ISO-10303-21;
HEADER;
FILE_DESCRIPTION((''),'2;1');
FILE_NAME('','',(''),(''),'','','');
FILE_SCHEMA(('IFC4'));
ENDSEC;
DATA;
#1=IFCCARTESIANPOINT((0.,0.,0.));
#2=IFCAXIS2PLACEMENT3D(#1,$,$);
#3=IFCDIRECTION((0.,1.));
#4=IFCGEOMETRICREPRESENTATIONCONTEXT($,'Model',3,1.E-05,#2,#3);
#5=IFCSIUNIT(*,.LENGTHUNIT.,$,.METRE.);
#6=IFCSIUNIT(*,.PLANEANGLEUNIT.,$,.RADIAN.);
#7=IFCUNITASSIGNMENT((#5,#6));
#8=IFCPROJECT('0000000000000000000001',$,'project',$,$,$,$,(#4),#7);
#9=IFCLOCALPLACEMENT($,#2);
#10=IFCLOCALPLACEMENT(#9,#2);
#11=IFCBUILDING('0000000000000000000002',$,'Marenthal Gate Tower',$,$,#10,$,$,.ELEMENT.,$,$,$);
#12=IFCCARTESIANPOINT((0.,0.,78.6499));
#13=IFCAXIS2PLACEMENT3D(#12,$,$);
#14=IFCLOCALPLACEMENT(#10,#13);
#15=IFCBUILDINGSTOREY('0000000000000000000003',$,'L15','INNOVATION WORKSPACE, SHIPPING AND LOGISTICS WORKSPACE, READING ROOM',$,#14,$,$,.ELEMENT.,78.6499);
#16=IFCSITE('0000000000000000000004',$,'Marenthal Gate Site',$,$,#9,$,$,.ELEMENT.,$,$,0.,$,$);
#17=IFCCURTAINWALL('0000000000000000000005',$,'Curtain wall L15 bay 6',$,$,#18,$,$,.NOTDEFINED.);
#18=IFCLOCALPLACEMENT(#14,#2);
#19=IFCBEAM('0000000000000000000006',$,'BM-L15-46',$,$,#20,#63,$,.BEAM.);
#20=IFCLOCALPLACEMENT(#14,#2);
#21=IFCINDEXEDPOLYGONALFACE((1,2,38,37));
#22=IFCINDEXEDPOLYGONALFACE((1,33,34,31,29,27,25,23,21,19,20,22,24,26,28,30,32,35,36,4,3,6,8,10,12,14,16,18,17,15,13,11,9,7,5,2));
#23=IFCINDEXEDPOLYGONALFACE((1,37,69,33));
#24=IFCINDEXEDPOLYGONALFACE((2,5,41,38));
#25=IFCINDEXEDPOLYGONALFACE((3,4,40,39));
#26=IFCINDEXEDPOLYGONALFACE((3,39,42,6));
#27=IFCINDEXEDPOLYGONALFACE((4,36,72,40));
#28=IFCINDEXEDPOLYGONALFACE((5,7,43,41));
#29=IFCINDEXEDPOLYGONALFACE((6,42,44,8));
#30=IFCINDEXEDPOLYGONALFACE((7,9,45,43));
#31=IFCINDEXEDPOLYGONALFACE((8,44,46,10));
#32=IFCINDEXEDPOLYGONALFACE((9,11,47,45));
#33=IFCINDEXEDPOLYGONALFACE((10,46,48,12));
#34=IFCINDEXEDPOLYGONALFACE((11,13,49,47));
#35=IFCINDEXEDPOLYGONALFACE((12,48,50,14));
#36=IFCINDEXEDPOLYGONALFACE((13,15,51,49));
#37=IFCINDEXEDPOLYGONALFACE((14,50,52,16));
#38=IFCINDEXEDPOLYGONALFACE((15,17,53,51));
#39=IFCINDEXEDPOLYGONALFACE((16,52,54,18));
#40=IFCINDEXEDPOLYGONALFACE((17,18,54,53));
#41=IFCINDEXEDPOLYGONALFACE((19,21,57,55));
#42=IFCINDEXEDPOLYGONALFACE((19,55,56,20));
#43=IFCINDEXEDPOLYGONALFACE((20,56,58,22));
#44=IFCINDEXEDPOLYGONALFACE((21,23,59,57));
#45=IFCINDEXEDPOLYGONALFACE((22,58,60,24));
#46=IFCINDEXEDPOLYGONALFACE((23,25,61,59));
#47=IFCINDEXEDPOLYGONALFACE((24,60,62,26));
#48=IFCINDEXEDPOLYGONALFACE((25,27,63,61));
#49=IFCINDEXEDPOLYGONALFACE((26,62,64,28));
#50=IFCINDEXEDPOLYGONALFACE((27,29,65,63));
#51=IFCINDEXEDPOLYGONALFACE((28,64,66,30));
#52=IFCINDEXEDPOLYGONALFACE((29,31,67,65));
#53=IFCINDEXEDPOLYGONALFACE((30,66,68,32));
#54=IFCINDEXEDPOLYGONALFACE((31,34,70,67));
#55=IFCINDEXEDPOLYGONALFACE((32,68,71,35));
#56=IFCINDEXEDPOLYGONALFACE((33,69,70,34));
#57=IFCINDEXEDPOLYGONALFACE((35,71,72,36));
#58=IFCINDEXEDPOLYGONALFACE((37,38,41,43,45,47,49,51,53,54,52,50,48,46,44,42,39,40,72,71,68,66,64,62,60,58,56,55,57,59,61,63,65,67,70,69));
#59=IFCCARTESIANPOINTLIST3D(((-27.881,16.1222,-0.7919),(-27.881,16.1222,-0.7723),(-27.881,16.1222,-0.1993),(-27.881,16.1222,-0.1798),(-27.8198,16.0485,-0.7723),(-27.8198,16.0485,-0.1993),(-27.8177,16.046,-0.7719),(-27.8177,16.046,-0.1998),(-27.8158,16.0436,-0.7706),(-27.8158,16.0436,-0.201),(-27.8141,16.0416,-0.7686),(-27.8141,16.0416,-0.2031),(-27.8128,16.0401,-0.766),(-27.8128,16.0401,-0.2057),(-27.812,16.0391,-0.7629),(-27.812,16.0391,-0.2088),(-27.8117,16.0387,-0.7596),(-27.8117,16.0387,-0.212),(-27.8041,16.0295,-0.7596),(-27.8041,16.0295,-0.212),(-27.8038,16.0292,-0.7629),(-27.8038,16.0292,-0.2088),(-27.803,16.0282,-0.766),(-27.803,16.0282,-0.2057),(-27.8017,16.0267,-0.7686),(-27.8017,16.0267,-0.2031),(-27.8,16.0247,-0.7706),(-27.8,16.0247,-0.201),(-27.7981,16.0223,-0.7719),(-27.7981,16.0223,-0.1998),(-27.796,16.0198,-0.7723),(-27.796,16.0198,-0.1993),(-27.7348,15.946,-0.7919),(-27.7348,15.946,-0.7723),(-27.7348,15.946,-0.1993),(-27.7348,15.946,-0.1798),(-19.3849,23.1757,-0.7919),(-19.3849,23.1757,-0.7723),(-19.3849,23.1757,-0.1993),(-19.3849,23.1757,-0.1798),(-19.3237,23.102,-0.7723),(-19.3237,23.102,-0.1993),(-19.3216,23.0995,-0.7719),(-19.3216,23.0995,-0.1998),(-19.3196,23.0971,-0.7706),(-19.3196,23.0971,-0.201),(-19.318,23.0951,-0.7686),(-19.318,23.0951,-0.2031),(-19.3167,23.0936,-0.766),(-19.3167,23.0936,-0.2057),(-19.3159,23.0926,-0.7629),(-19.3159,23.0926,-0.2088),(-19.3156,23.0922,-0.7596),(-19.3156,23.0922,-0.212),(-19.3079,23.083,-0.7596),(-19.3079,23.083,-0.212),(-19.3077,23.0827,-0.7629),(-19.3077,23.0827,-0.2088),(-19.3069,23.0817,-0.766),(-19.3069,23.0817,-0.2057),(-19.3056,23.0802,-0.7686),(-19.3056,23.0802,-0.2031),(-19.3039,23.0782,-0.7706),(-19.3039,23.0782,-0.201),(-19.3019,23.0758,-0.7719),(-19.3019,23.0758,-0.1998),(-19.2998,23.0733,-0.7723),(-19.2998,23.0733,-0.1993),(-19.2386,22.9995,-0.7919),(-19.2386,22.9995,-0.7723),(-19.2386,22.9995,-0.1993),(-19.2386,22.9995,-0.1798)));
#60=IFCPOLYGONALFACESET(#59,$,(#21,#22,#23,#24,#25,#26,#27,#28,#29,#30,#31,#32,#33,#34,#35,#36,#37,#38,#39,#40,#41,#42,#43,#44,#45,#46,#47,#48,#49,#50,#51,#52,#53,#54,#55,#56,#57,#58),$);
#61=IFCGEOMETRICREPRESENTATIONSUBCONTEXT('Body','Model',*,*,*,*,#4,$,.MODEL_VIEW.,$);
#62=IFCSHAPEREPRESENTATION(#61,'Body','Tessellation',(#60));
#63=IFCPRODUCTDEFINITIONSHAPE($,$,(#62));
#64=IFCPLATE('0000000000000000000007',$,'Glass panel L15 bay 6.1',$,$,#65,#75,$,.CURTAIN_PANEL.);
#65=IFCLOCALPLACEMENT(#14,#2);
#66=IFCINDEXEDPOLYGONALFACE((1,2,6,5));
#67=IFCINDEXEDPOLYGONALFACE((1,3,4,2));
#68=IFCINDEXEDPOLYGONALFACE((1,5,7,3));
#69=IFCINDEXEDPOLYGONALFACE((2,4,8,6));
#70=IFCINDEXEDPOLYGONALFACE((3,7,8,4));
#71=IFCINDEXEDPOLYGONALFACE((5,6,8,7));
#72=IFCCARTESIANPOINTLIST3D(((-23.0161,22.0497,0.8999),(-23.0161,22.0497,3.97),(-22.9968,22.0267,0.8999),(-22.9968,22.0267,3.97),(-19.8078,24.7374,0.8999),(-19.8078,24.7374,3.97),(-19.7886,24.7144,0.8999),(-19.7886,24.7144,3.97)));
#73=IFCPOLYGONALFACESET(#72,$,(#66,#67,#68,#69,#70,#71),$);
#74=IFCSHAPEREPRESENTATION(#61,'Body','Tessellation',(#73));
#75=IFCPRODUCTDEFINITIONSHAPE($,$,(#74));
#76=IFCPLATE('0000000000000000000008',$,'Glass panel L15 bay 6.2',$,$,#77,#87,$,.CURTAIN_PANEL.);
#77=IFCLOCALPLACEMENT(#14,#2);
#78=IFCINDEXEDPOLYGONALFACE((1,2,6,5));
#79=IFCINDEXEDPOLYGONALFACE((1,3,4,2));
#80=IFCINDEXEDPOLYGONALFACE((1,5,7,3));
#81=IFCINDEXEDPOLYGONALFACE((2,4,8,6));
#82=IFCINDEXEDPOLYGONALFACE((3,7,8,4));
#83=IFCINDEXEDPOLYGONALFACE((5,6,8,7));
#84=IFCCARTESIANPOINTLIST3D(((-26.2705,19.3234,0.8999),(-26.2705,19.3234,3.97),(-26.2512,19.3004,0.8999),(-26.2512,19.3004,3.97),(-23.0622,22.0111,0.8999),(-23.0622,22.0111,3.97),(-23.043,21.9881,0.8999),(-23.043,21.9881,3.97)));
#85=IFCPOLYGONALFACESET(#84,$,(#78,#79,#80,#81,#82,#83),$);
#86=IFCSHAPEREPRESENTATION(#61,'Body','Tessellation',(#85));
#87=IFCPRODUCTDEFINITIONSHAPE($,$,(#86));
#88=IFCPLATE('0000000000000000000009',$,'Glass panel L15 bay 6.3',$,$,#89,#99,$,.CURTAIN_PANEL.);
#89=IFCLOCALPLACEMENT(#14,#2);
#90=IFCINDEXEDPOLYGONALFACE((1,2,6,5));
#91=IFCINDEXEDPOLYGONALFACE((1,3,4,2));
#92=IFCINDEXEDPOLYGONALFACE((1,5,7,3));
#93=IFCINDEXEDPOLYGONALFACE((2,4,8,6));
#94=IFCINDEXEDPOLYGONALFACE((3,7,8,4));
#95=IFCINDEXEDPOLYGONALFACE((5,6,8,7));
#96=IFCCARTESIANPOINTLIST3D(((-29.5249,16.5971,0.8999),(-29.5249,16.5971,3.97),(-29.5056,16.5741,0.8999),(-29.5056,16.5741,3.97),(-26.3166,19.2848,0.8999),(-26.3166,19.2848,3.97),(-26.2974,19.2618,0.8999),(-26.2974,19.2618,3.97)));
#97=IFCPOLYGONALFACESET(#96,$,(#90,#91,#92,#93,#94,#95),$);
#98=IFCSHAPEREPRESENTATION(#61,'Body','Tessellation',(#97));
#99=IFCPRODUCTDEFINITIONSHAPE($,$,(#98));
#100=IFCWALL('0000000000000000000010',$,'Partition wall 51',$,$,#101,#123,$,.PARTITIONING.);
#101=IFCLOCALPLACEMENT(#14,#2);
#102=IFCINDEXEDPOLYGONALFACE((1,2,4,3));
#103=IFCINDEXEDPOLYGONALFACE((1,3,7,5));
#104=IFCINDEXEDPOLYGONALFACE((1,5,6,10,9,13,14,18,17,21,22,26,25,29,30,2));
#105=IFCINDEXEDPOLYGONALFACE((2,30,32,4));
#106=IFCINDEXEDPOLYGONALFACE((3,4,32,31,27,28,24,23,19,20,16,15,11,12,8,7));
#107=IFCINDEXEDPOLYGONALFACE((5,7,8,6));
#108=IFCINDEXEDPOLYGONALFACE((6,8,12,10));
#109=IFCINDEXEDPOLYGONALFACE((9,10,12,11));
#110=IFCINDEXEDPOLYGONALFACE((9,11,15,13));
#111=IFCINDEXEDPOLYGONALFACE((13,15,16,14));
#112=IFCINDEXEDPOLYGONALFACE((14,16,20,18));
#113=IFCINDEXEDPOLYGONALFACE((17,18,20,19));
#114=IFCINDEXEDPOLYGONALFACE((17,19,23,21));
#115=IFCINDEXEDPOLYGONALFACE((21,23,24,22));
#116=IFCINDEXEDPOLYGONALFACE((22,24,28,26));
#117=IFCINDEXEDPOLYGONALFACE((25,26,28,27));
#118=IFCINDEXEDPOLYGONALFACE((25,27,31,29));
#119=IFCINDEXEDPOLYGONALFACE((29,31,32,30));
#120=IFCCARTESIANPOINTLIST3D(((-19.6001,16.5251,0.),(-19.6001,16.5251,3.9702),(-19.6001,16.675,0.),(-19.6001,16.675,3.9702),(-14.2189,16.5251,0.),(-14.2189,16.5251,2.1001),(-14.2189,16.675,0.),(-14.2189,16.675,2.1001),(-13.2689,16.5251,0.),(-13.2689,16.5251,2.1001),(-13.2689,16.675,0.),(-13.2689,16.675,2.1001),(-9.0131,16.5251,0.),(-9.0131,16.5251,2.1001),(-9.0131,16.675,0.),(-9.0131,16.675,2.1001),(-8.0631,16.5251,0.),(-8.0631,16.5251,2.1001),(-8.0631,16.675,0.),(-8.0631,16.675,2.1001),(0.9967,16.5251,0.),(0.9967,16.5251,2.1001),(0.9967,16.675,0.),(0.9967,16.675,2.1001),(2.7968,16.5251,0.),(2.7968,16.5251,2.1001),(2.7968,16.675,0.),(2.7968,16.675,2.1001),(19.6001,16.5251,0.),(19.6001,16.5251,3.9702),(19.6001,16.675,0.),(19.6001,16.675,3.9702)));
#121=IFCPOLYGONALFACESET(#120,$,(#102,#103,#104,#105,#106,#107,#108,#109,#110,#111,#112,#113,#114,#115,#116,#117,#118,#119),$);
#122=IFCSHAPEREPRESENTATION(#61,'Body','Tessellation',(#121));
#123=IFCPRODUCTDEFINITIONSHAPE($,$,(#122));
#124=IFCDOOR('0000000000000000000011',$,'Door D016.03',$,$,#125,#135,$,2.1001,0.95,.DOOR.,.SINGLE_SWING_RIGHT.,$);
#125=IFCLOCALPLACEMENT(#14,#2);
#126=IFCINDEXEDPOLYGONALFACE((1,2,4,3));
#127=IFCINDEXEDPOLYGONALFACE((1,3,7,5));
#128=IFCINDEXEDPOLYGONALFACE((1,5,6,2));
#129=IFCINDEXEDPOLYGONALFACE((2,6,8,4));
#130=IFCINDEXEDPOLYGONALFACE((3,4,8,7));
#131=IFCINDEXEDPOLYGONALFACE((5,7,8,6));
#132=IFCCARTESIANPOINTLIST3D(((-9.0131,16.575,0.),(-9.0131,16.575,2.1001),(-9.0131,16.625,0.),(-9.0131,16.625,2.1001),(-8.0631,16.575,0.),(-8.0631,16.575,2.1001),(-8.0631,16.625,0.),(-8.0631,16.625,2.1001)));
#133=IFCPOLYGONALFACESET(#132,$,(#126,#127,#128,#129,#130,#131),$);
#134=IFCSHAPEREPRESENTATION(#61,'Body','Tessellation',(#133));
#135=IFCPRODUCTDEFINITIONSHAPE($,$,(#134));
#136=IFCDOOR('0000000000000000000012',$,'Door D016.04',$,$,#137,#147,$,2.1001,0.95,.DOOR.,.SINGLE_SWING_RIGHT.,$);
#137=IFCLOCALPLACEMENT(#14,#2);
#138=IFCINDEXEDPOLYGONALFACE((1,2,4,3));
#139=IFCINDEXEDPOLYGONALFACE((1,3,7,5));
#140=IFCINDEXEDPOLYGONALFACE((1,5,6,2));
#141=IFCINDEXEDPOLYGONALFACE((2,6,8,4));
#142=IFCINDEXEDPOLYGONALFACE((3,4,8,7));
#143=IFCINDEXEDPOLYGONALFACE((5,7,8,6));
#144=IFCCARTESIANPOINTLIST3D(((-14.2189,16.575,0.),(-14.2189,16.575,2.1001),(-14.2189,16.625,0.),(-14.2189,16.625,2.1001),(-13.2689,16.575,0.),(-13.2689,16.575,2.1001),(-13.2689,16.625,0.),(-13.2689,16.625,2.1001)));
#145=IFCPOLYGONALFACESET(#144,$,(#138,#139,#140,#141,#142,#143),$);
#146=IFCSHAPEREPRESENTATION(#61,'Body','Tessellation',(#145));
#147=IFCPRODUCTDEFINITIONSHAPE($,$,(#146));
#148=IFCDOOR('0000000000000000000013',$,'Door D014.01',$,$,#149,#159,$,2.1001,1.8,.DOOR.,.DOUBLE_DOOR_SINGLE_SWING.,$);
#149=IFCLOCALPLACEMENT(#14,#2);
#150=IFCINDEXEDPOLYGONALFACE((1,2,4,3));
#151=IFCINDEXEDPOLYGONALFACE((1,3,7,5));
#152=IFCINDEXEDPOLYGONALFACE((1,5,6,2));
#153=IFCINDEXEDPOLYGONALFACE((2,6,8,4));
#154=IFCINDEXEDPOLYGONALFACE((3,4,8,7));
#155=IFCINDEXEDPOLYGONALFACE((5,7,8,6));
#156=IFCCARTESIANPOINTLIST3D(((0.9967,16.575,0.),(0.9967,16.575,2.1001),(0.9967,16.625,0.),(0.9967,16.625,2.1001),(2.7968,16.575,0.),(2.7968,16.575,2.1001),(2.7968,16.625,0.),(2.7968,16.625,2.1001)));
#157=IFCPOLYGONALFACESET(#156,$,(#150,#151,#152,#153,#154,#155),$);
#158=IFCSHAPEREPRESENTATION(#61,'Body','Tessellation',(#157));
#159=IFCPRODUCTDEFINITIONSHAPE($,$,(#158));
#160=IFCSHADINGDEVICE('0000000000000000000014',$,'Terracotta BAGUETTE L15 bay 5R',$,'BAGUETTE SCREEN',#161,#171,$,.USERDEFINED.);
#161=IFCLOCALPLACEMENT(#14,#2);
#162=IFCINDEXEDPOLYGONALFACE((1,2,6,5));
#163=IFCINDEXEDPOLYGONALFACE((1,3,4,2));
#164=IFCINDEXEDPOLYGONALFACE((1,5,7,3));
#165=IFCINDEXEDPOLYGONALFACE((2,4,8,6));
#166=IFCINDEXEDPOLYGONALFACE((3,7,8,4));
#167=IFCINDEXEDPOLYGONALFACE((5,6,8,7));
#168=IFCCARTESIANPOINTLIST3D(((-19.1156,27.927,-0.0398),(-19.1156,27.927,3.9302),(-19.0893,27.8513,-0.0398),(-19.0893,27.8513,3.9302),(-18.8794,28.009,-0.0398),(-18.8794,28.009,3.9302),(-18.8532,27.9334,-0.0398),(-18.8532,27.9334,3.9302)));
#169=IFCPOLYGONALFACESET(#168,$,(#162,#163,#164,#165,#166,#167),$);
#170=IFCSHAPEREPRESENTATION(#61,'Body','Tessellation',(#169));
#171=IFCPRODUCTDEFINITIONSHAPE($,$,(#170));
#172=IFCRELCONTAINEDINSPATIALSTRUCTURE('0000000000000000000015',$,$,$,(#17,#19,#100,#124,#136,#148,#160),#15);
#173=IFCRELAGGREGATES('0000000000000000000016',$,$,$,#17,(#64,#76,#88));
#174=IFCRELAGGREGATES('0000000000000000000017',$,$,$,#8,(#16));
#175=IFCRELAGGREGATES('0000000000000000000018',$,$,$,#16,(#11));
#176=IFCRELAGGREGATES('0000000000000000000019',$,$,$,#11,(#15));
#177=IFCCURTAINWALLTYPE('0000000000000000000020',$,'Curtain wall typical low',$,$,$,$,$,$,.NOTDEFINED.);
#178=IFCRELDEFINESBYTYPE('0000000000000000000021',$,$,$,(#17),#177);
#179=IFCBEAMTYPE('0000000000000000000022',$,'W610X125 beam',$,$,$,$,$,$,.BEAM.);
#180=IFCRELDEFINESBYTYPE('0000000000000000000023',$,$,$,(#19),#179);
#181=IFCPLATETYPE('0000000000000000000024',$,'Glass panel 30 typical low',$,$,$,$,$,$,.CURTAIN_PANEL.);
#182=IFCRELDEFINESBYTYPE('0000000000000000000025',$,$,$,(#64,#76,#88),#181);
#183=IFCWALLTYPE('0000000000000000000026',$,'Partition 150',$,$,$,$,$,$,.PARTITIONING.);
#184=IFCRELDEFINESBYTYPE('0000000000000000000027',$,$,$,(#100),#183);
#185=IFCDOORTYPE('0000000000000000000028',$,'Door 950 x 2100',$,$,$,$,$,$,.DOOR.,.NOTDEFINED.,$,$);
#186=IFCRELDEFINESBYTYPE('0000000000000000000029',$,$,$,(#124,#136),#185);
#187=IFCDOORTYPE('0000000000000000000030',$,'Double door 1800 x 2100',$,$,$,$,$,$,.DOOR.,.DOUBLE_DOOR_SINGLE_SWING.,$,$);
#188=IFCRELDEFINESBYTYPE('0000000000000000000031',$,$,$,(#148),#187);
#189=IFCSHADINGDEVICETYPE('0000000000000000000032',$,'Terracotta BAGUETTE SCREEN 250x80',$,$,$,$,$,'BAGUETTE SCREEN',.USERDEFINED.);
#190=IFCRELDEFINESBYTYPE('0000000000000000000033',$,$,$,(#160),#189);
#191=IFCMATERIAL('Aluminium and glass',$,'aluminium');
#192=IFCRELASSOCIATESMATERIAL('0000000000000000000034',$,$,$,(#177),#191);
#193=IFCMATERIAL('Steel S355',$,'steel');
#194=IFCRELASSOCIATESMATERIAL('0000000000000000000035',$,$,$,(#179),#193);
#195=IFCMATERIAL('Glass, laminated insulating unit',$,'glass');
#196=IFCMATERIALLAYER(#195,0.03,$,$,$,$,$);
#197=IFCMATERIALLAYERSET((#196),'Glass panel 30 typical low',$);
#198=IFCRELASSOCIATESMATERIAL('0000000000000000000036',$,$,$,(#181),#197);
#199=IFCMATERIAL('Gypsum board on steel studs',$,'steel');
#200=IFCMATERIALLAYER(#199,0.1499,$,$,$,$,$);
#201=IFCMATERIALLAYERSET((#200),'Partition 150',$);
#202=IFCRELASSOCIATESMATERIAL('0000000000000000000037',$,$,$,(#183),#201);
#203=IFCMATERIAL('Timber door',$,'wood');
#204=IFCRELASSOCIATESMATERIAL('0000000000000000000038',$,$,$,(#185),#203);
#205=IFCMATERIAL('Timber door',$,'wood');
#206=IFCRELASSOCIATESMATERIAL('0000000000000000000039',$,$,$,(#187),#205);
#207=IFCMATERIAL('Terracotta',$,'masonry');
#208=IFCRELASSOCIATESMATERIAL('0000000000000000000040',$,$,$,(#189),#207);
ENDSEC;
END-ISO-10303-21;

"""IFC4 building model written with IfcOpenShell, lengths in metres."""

from ifc_helpers import new_model, si_unit, direction, frame, frame_2d, origin, origin_2d, place, context, subcontext, project, spatial, rectangle, i_section, extrude, material, layer, layer_set, material_profile, profile_set, type_object, element, fill, aggregate, save


model = new_model("IFC4")

# Units and contexts
model_context = context("Model", 3, precision=1e-05, world=origin(), true_north=direction((0.0, 1.0)))
body_context = subcontext(model_context, "Body", "Model", "MODEL_VIEW")
ifc_project = project(units=[si_unit("LENGTHUNIT", "METRE"), si_unit("PLANEANGLEUNIT", "RADIAN")], contexts=[model_context])

# Site, building, storey
site_placement = place(None, origin())
site = spatial("IfcSite", under=ifc_project, at=site_placement, Name="Marenthal Gate Site", CompositionType="ELEMENT", RefElevation=0.0)
building_placement = place(site_placement, origin())
building = spatial("IfcBuilding", under=site, at=building_placement, Name="Marenthal Gate Tower", CompositionType="ELEMENT")
storey_placement = place(building_placement, frame((0.0, 0.0, 78.6499)))
storey = spatial("IfcBuildingStorey", under=building, at=storey_placement, Name="L15", Description="INNOVATION WORKSPACE, SHIPPING AND LOGISTICS WORKSPACE, READING ROOM", CompositionType="ELEMENT", Elevation=78.6499)

# Curtain wall
ifc_material_1 = material(Name="Aluminium and glass", Category="aluminium")
curtain_wall_type = type_object("IfcCurtainWallType", Name="Curtain wall typical low", PredefinedType="NOTDEFINED", material=ifc_material_1)
curtain_wall_placement = place(storey_placement, origin())
curtain_wall = element("IfcCurtainWall", 1, at=curtain_wall_placement, inside=storey, type_object=curtain_wall_type, Name="Curtain wall L15 bay 6", PredefinedType="NOTDEFINED")

# Beam
ifc_material_2 = material(Name="Steel S355", Category="steel")
ifc_material_profile_1 = material_profile(ifc_material_2, i_section(OverallWidth=0.229, OverallDepth=0.6121, WebThickness=0.012, FlangeThickness=0.0195, FilletRadius=0.0127, at=origin_2d()), Name="W610X125")
ifc_profile_set_1 = profile_set([ifc_material_profile_1], Name="Steel S355")
beam_type_1 = type_object("IfcBeamType", Name="W610X125 beam", PredefinedType="BEAM", material=ifc_profile_set_1)
beam_1_placement = place(storey_placement, frame((-19.3118, 23.0876, -0.4858), z_axis=(-0.769405, -0.638761, 0.0), x_axis=(0.638761, -0.769405, 0.0)))
element("IfcBeam", 2, at=beam_1_placement, inside=storey, type_object=beam_type_1, Name="BM-L15-46", PredefinedType="BEAM", context=body_context, shape_type="SweptSolid", body=[
    extrude(i_section(OverallWidth=0.229, OverallDepth=0.6121, WebThickness=0.012, FlangeThickness=0.0195, FilletRadius=0.0127, at=origin_2d()), origin(), (0.0, 0.0, 1.0), 11.0425),
])

# Plates
ifc_material_3 = material(Name="Glass, laminated insulating unit", Category="glass")
ifc_layer_1 = layer(ifc_material_3, 0.03)
ifc_layer_set_1 = layer_set([ifc_layer_1], Name="Glass panel 30 typical low")
plate_type = type_object("IfcPlateType", Name="Glass panel 30 typical low", PredefinedType="CURTAIN_PANEL", material=ifc_layer_set_1)
plate_1_placement = place(storey_placement, frame((-21.4023, 23.3821, 0.8999), z_axis=(0.0, 0.0, 1.0), x_axis=(-0.766557, -0.642176, 0.0)))
plate_1 = element("IfcPlate", 3, at=plate_1_placement, type_object=plate_type, Name="Glass panel L15 bay 6.1", PredefinedType="CURTAIN_PANEL", context=body_context, shape_type="SweptSolid", body=[
    extrude(rectangle(XDim=4.1853, YDim=0.03, at=origin_2d()), origin(), (0.0, 0.0, 1.0), 3.0701),
])
plate_2_placement = place(storey_placement, frame((-24.6567, 20.6558, 0.8999), z_axis=(0.0, 0.0, 1.0), x_axis=(-0.766557, -0.642176, 0.0)))
plate_2 = element("IfcPlate", 4, at=plate_2_placement, type_object=plate_type, Name="Glass panel L15 bay 6.2", PredefinedType="CURTAIN_PANEL", context=body_context, shape_type="SweptSolid", body=[
    extrude(rectangle(XDim=4.1853, YDim=0.03, at=origin_2d()), origin(), (0.0, 0.0, 1.0), 3.0701),
])
plate_3_placement = place(storey_placement, frame((-27.9111, 17.9294, 0.8999), z_axis=(0.0, 0.0, 1.0), x_axis=(-0.766557, -0.642176, 0.0)))
plate_3 = element("IfcPlate", 5, at=plate_3_placement, type_object=plate_type, Name="Glass panel L15 bay 6.3", PredefinedType="CURTAIN_PANEL", context=body_context, shape_type="SweptSolid", body=[
    extrude(rectangle(XDim=4.1853, YDim=0.03, at=origin_2d()), origin(), (0.0, 0.0, 1.0), 3.0701),
])
aggregate(curtain_wall, [plate_1, plate_2, plate_3])

# Wall, openings, doors
ifc_material_4 = material(Name="Gypsum board on steel studs", Category="steel")
ifc_layer_2 = layer(ifc_material_4, 0.1499)
ifc_layer_set_2 = layer_set([ifc_layer_2], Name="Partition 150")
wall_type_1 = type_object("IfcWallType", Name="Partition 150", PredefinedType="PARTITIONING", material=ifc_layer_set_2)
wall_1_placement = place(storey_placement, frame((-19.6001, 16.6001, 0.0), z_axis=(0.0, 0.0, 1.0), x_axis=(1.0, 0.0, 0.0)))
wall_1 = element("IfcWall", 6, at=wall_1_placement, inside=storey, type_object=wall_type_1, Name="Partition wall 51", PredefinedType="PARTITIONING", context=body_context, shape_type="SweptSolid", body=[
    extrude(rectangle(XDim=39.2002, YDim=0.1499, at=frame_2d((19.6001, 0.0))), origin(), (0.0, 0.0, 1.0), 3.9702),
])
opening_1_placement = place(wall_1_placement, frame((20.5969, 0.0, 0.0)))
opening_1 = element("IfcOpeningElement", 7, at=opening_1_placement, cuts=wall_1, PredefinedType="OPENING", context=body_context, shape_type="SweptSolid", body=[
    extrude(rectangle(XDim=1.8, YDim=2.1001, at=frame_2d((0.8999, 1.05))), frame((0.0, 0.085, 0.0), z_axis=(0.0, -1.0, 0.0), x_axis=(1.0, 0.0, 0.0)), (0.0, 0.0, 1.0), 0.1699),
])
opening_2_placement = place(wall_1_placement, frame((10.5869, 0.0, 0.0)))
opening_2 = element("IfcOpeningElement", 8, at=opening_2_placement, cuts=wall_1, PredefinedType="OPENING", context=body_context, shape_type="SweptSolid", body=[
    extrude(rectangle(XDim=0.95, YDim=2.1001, at=frame_2d((0.4751, 1.05))), frame((0.0, 0.085, 0.0), z_axis=(0.0, -1.0, 0.0), x_axis=(1.0, 0.0, 0.0)), (0.0, 0.0, 1.0), 0.1699),
])
opening_3_placement = place(wall_1_placement, frame((5.3811, 0.0, 0.0)))
opening_3 = element("IfcOpeningElement", 9, at=opening_3_placement, cuts=wall_1, PredefinedType="OPENING", context=body_context, shape_type="SweptSolid", body=[
    extrude(rectangle(XDim=0.95, YDim=2.1001, at=frame_2d((0.4751, 1.05))), frame((0.0, 0.085, 0.0), z_axis=(0.0, -1.0, 0.0), x_axis=(1.0, 0.0, 0.0)), (0.0, 0.0, 1.0), 0.1699),
])
ifc_material_5 = material(Name="Timber door", Category="wood")
door_type_1 = type_object("IfcDoorType", Name="Door 950 x 2100", OperationType="NOTDEFINED", PredefinedType="DOOR", material=ifc_material_5)
door_1_placement = place(opening_2_placement, origin())
door_1 = element("IfcDoor", 10, at=door_1_placement, inside=storey, type_object=door_type_1, Name="Door D016.03", OperationType="SINGLE_SWING_RIGHT", OverallHeight=2.1001, OverallWidth=0.95, PredefinedType="DOOR", context=body_context, shape_type="SweptSolid", body=[
    extrude(rectangle(XDim=0.95, YDim=2.1001, at=frame_2d((0.4751, 1.05))), frame((0.0, 0.0249, 0.0), z_axis=(0.0, -1.0, 0.0), x_axis=(1.0, 0.0, 0.0)), (0.0, 0.0, 1.0), 0.05),
])
fill(opening_2, door_1)
door_2_placement = place(opening_3_placement, origin())
door_2 = element("IfcDoor", 11, at=door_2_placement, inside=storey, type_object=door_type_1, Name="Door D016.04", OperationType="SINGLE_SWING_RIGHT", OverallHeight=2.1001, OverallWidth=0.95, PredefinedType="DOOR", context=body_context, shape_type="SweptSolid", body=[
    extrude(rectangle(XDim=0.95, YDim=2.1001, at=frame_2d((0.4751, 1.05))), frame((0.0, 0.0249, 0.0), z_axis=(0.0, -1.0, 0.0), x_axis=(1.0, 0.0, 0.0)), (0.0, 0.0, 1.0), 0.05),
])
fill(opening_3, door_2)
ifc_material_6 = material(Name="Timber door", Category="wood")
door_type_2 = type_object("IfcDoorType", Name="Double door 1800 x 2100", OperationType="DOUBLE_DOOR_SINGLE_SWING", PredefinedType="DOOR", material=ifc_material_6)
door_3_placement = place(opening_1_placement, origin())
door_3 = element("IfcDoor", 12, at=door_3_placement, inside=storey, type_object=door_type_2, Name="Door D014.01", OperationType="DOUBLE_DOOR_SINGLE_SWING", OverallHeight=2.1001, OverallWidth=1.8, PredefinedType="DOOR", context=body_context, shape_type="SweptSolid", body=[
    extrude(rectangle(XDim=1.8, YDim=2.1001, at=frame_2d((0.8999, 1.05))), frame((0.0, 0.0249, 0.0), z_axis=(0.0, -1.0, 0.0), x_axis=(1.0, 0.0, 0.0)), (0.0, 0.0, 1.0), 0.05),
])
fill(opening_1, door_3)

# Shading device
ifc_material_7 = material(Name="Terracotta", Category="masonry")
ifc_material_profile_2 = material_profile(ifc_material_7, rectangle(XDim=0.25, YDim=0.0801, at=origin_2d()), Name="Terracotta baguette 250x80")
ifc_profile_set_2 = profile_set([ifc_material_profile_2], Name="Terracotta")
shading_device_type = type_object("IfcShadingDeviceType", Name="Terracotta BAGUETTE SCREEN 250x80", ElementType="BAGUETTE SCREEN", PredefinedType="USERDEFINED", material=ifc_profile_set_2)
shading_device_placement = place(storey_placement, frame((-18.9844, 27.9302, -0.0398), z_axis=(0.0, 0.0, 1.0), x_axis=(-0.944657, -0.328061, 0.0)))
element("IfcShadingDevice", 13, at=shading_device_placement, inside=storey, type_object=shading_device_type, Name="Terracotta BAGUETTE L15 bay 5R", ObjectType="BAGUETTE SCREEN", PredefinedType="USERDEFINED", context=body_context, shape_type="SweptSolid", body=[
    extrude(rectangle(XDim=0.25, YDim=0.0801, at=origin_2d()), origin(), (0.0, 0.0, 1.0), 3.97),
])

save(model, "model.ifc")
